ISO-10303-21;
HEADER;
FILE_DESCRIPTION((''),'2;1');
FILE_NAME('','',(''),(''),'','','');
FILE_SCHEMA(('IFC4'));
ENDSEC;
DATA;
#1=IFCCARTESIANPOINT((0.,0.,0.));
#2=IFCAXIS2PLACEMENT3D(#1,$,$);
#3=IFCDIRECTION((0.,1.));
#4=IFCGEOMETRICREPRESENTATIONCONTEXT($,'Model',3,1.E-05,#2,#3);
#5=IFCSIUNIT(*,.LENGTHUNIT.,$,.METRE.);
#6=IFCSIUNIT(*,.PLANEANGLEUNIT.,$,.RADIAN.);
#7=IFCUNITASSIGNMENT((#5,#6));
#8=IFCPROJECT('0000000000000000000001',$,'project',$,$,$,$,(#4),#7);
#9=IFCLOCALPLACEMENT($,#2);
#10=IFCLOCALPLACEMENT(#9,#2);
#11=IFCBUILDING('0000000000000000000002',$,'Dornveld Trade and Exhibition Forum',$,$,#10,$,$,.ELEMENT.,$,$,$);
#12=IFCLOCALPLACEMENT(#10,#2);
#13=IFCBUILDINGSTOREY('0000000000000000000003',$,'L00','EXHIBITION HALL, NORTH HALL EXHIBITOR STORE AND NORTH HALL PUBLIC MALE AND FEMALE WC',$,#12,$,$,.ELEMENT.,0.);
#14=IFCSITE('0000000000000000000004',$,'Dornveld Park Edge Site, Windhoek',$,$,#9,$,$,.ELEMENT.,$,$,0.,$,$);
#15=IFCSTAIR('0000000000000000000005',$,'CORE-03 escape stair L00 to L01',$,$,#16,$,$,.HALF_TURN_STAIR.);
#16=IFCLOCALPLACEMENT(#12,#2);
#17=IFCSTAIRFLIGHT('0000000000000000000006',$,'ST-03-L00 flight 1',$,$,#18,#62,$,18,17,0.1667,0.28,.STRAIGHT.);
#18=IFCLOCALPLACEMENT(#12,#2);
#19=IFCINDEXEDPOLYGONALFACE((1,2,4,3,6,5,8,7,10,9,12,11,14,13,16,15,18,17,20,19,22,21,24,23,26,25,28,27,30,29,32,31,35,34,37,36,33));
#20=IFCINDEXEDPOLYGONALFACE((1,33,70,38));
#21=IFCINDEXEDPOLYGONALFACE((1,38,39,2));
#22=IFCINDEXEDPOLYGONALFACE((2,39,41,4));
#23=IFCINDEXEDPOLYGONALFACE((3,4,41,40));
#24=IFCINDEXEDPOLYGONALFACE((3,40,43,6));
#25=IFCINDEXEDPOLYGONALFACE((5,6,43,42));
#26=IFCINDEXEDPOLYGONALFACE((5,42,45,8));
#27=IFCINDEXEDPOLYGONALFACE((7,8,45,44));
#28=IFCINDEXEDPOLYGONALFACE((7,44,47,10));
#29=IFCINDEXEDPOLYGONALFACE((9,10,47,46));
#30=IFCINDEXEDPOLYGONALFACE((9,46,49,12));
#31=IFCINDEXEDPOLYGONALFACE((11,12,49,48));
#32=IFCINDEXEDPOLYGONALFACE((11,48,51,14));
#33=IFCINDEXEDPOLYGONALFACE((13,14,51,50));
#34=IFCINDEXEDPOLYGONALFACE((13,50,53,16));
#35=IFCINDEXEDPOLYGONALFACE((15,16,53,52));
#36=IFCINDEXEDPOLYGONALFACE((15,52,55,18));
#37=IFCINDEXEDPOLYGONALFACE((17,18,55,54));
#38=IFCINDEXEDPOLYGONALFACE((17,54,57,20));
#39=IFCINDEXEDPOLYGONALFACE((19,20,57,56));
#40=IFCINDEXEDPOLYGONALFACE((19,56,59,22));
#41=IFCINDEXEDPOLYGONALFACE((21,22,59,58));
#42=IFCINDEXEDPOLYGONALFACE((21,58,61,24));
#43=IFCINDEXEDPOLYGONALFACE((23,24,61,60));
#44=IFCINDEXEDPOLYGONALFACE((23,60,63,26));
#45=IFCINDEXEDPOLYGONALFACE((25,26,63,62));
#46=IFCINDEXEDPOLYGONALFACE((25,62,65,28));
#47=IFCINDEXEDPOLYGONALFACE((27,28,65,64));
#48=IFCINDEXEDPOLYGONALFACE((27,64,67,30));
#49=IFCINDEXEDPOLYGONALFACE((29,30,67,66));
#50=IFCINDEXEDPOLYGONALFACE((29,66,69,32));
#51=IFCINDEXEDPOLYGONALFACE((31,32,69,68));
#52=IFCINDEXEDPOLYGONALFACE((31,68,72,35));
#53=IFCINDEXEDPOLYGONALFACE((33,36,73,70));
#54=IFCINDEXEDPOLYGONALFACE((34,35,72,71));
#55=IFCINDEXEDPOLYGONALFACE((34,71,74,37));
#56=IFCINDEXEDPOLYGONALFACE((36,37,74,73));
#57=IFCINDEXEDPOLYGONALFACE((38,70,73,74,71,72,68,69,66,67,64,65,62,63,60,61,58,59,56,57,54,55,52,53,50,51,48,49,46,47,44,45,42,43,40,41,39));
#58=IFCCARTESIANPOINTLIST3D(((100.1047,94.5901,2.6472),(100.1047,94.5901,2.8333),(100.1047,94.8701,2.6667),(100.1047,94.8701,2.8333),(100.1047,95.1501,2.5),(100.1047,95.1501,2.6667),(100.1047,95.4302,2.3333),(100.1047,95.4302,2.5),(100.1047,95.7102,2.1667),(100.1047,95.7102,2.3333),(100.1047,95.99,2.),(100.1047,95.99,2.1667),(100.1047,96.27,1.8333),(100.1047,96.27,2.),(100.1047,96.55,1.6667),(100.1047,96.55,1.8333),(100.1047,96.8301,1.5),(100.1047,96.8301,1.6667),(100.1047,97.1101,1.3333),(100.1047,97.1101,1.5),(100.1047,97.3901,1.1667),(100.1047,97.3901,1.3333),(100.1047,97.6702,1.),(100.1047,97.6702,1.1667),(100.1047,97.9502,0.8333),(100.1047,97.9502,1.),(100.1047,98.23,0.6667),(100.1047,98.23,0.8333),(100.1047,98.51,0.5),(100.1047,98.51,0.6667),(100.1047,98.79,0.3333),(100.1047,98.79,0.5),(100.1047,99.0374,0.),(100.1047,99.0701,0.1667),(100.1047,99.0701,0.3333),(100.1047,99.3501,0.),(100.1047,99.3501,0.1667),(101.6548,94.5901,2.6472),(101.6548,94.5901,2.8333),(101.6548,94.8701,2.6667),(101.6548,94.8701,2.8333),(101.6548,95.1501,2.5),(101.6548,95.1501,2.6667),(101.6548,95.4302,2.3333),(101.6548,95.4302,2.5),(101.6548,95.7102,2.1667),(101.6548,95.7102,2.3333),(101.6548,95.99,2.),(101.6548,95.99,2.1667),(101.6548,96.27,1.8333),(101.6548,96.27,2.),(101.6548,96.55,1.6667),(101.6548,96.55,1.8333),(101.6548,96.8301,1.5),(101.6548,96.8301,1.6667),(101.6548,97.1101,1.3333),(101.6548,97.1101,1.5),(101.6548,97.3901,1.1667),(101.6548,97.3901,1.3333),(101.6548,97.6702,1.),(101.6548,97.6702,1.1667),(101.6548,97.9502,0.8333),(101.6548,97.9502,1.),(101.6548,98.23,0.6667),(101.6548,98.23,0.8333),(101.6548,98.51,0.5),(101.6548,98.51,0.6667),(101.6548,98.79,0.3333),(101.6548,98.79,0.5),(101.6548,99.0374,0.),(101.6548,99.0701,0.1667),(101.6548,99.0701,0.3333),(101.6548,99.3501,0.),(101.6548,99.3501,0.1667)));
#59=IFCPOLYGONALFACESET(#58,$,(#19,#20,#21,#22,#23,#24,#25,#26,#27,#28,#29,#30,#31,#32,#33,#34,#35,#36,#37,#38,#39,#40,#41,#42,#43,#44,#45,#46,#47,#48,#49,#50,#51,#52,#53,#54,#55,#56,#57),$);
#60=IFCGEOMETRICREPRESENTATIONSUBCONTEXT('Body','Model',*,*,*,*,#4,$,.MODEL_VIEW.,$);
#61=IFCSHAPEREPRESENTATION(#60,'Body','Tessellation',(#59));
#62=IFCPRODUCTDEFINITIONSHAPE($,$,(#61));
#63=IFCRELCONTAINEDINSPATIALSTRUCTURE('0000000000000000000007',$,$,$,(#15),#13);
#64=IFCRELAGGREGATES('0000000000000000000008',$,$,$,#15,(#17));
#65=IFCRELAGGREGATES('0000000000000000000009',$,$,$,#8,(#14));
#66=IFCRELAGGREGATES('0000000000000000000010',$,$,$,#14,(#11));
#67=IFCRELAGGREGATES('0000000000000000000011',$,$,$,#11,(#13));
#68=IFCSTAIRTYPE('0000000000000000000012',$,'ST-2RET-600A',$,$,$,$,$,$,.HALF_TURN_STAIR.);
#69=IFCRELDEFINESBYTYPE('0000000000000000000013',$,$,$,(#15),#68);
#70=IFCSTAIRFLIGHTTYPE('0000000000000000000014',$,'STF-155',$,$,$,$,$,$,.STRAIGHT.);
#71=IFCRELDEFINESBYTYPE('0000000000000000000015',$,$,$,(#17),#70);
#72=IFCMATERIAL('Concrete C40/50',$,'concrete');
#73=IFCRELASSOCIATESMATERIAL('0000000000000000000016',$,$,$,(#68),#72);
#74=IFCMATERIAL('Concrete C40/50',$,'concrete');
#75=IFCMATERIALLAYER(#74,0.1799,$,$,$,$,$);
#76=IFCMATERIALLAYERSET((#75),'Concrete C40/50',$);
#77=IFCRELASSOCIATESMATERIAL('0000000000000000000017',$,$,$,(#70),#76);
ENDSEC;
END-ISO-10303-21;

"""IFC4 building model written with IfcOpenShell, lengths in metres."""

from ifc_helpers import new_model, si_unit, direction, frame, origin, place, context, subcontext, project, spatial, polyline, outline, extrude, material, layer, layer_set, type_object, element, aggregate, save


model = new_model("IFC4")

# Units and contexts
model_context = context("Model", 3, precision=1e-05, world=origin(), true_north=direction((0.0, 1.0)))
body_context = subcontext(model_context, "Body", "Model", "MODEL_VIEW")
ifc_project = project(units=[si_unit("LENGTHUNIT", "METRE"), si_unit("PLANEANGLEUNIT", "RADIAN")], contexts=[model_context])

# Site, building, storey
site_placement = place(None, origin())
site = spatial("IfcSite", under=ifc_project, at=site_placement, Name="Dornveld Park Edge Site, Windhoek", CompositionType="ELEMENT", RefElevation=0.0)
building_placement = place(site_placement, origin())
building = spatial("IfcBuilding", under=site, at=building_placement, Name="Dornveld Trade and Exhibition Forum", CompositionType="ELEMENT")
storey_placement = place(building_placement, origin())
storey = spatial("IfcBuildingStorey", under=building, at=storey_placement, Name="L00", Description="EXHIBITION HALL, NORTH HALL EXHIBITOR STORE AND NORTH HALL PUBLIC MALE AND FEMALE WC", CompositionType="ELEMENT", Elevation=0.0)

# Stair, stair flight
ifc_material_1 = material(Name="Concrete C40/50", Category="concrete")
stair_type = type_object("IfcStairType", Name="ST-2RET-600A", PredefinedType="HALF_TURN_STAIR", material=ifc_material_1)
stair_placement = place(storey_placement, origin())
stair = element("IfcStair", 1, at=stair_placement, inside=storey, type_object=stair_type, Name="CORE-03 escape stair L00 to L01", PredefinedType="HALF_TURN_STAIR")
ifc_material_2 = material(Name="Concrete C40/50", Category="concrete")
ifc_layer_1 = layer(ifc_material_2, 0.1799)
ifc_layer_set_1 = layer_set([ifc_layer_1], Name="Concrete C40/50")
stair_flight_type = type_object("IfcStairFlightType", Name="STF-155", PredefinedType="STRAIGHT", material=ifc_layer_set_1)
stair_flight_placement = place(storey_placement, frame((100.8799, 99.3501, 0.0), z_axis=(0.0, 0.0, 1.0), x_axis=(0.0, -1.0, 0.0)))
stair_flight = element("IfcStairFlight", 2, at=stair_flight_placement, type_object=stair_flight_type, Name="ST-03-L00 flight 1", NumberOfRisers=18, NumberOfTreads=17, PredefinedType="STRAIGHT", RiserHeight=0.1667, TreadLength=0.28, context=body_context, shape_type="SweptSolid", body=[
    extrude(outline(polyline([(0.0, 0.0), (0.0, 0.1667), (0.28, 0.1667), (0.28, 0.3333), (0.5601, 0.3333), (0.5601, 0.5), (0.8401, 0.5), (0.8401, 0.6667), (1.1201, 0.6667), (1.1201, 0.8333), (1.3999, 0.8333), (1.3999, 1.0), (1.6799, 1.0), (1.6799, 1.1667), (1.96, 1.1667), (1.96, 1.3333), (2.24, 1.3333), (2.24, 1.5), (2.52, 1.5), (2.52, 1.6667), (2.8, 1.6667), (2.8, 1.8333), (3.0801, 1.8333), (3.0801, 2.0), (3.3601, 2.0), (3.3601, 2.1667), (3.6399, 2.1667), (3.6399, 2.3333), (3.9199, 2.3333), (3.9199, 2.5), (4.2, 2.5), (4.2, 2.6667), (4.48, 2.6667), (4.48, 2.8333), (4.76, 2.8333), (4.76, 3.0), (4.76, 2.6472), (0.3127, 0.0), (0.0, 0.0)])), frame((0.0, 0.7749, 0.0), z_axis=(0.0, -1.0, 0.0), x_axis=(1.0, 0.0, 0.0)), (0.0, 0.0, 1.0), 1.55),
])
aggregate(stair, [stair_flight])

save(model, "model.ifc")
